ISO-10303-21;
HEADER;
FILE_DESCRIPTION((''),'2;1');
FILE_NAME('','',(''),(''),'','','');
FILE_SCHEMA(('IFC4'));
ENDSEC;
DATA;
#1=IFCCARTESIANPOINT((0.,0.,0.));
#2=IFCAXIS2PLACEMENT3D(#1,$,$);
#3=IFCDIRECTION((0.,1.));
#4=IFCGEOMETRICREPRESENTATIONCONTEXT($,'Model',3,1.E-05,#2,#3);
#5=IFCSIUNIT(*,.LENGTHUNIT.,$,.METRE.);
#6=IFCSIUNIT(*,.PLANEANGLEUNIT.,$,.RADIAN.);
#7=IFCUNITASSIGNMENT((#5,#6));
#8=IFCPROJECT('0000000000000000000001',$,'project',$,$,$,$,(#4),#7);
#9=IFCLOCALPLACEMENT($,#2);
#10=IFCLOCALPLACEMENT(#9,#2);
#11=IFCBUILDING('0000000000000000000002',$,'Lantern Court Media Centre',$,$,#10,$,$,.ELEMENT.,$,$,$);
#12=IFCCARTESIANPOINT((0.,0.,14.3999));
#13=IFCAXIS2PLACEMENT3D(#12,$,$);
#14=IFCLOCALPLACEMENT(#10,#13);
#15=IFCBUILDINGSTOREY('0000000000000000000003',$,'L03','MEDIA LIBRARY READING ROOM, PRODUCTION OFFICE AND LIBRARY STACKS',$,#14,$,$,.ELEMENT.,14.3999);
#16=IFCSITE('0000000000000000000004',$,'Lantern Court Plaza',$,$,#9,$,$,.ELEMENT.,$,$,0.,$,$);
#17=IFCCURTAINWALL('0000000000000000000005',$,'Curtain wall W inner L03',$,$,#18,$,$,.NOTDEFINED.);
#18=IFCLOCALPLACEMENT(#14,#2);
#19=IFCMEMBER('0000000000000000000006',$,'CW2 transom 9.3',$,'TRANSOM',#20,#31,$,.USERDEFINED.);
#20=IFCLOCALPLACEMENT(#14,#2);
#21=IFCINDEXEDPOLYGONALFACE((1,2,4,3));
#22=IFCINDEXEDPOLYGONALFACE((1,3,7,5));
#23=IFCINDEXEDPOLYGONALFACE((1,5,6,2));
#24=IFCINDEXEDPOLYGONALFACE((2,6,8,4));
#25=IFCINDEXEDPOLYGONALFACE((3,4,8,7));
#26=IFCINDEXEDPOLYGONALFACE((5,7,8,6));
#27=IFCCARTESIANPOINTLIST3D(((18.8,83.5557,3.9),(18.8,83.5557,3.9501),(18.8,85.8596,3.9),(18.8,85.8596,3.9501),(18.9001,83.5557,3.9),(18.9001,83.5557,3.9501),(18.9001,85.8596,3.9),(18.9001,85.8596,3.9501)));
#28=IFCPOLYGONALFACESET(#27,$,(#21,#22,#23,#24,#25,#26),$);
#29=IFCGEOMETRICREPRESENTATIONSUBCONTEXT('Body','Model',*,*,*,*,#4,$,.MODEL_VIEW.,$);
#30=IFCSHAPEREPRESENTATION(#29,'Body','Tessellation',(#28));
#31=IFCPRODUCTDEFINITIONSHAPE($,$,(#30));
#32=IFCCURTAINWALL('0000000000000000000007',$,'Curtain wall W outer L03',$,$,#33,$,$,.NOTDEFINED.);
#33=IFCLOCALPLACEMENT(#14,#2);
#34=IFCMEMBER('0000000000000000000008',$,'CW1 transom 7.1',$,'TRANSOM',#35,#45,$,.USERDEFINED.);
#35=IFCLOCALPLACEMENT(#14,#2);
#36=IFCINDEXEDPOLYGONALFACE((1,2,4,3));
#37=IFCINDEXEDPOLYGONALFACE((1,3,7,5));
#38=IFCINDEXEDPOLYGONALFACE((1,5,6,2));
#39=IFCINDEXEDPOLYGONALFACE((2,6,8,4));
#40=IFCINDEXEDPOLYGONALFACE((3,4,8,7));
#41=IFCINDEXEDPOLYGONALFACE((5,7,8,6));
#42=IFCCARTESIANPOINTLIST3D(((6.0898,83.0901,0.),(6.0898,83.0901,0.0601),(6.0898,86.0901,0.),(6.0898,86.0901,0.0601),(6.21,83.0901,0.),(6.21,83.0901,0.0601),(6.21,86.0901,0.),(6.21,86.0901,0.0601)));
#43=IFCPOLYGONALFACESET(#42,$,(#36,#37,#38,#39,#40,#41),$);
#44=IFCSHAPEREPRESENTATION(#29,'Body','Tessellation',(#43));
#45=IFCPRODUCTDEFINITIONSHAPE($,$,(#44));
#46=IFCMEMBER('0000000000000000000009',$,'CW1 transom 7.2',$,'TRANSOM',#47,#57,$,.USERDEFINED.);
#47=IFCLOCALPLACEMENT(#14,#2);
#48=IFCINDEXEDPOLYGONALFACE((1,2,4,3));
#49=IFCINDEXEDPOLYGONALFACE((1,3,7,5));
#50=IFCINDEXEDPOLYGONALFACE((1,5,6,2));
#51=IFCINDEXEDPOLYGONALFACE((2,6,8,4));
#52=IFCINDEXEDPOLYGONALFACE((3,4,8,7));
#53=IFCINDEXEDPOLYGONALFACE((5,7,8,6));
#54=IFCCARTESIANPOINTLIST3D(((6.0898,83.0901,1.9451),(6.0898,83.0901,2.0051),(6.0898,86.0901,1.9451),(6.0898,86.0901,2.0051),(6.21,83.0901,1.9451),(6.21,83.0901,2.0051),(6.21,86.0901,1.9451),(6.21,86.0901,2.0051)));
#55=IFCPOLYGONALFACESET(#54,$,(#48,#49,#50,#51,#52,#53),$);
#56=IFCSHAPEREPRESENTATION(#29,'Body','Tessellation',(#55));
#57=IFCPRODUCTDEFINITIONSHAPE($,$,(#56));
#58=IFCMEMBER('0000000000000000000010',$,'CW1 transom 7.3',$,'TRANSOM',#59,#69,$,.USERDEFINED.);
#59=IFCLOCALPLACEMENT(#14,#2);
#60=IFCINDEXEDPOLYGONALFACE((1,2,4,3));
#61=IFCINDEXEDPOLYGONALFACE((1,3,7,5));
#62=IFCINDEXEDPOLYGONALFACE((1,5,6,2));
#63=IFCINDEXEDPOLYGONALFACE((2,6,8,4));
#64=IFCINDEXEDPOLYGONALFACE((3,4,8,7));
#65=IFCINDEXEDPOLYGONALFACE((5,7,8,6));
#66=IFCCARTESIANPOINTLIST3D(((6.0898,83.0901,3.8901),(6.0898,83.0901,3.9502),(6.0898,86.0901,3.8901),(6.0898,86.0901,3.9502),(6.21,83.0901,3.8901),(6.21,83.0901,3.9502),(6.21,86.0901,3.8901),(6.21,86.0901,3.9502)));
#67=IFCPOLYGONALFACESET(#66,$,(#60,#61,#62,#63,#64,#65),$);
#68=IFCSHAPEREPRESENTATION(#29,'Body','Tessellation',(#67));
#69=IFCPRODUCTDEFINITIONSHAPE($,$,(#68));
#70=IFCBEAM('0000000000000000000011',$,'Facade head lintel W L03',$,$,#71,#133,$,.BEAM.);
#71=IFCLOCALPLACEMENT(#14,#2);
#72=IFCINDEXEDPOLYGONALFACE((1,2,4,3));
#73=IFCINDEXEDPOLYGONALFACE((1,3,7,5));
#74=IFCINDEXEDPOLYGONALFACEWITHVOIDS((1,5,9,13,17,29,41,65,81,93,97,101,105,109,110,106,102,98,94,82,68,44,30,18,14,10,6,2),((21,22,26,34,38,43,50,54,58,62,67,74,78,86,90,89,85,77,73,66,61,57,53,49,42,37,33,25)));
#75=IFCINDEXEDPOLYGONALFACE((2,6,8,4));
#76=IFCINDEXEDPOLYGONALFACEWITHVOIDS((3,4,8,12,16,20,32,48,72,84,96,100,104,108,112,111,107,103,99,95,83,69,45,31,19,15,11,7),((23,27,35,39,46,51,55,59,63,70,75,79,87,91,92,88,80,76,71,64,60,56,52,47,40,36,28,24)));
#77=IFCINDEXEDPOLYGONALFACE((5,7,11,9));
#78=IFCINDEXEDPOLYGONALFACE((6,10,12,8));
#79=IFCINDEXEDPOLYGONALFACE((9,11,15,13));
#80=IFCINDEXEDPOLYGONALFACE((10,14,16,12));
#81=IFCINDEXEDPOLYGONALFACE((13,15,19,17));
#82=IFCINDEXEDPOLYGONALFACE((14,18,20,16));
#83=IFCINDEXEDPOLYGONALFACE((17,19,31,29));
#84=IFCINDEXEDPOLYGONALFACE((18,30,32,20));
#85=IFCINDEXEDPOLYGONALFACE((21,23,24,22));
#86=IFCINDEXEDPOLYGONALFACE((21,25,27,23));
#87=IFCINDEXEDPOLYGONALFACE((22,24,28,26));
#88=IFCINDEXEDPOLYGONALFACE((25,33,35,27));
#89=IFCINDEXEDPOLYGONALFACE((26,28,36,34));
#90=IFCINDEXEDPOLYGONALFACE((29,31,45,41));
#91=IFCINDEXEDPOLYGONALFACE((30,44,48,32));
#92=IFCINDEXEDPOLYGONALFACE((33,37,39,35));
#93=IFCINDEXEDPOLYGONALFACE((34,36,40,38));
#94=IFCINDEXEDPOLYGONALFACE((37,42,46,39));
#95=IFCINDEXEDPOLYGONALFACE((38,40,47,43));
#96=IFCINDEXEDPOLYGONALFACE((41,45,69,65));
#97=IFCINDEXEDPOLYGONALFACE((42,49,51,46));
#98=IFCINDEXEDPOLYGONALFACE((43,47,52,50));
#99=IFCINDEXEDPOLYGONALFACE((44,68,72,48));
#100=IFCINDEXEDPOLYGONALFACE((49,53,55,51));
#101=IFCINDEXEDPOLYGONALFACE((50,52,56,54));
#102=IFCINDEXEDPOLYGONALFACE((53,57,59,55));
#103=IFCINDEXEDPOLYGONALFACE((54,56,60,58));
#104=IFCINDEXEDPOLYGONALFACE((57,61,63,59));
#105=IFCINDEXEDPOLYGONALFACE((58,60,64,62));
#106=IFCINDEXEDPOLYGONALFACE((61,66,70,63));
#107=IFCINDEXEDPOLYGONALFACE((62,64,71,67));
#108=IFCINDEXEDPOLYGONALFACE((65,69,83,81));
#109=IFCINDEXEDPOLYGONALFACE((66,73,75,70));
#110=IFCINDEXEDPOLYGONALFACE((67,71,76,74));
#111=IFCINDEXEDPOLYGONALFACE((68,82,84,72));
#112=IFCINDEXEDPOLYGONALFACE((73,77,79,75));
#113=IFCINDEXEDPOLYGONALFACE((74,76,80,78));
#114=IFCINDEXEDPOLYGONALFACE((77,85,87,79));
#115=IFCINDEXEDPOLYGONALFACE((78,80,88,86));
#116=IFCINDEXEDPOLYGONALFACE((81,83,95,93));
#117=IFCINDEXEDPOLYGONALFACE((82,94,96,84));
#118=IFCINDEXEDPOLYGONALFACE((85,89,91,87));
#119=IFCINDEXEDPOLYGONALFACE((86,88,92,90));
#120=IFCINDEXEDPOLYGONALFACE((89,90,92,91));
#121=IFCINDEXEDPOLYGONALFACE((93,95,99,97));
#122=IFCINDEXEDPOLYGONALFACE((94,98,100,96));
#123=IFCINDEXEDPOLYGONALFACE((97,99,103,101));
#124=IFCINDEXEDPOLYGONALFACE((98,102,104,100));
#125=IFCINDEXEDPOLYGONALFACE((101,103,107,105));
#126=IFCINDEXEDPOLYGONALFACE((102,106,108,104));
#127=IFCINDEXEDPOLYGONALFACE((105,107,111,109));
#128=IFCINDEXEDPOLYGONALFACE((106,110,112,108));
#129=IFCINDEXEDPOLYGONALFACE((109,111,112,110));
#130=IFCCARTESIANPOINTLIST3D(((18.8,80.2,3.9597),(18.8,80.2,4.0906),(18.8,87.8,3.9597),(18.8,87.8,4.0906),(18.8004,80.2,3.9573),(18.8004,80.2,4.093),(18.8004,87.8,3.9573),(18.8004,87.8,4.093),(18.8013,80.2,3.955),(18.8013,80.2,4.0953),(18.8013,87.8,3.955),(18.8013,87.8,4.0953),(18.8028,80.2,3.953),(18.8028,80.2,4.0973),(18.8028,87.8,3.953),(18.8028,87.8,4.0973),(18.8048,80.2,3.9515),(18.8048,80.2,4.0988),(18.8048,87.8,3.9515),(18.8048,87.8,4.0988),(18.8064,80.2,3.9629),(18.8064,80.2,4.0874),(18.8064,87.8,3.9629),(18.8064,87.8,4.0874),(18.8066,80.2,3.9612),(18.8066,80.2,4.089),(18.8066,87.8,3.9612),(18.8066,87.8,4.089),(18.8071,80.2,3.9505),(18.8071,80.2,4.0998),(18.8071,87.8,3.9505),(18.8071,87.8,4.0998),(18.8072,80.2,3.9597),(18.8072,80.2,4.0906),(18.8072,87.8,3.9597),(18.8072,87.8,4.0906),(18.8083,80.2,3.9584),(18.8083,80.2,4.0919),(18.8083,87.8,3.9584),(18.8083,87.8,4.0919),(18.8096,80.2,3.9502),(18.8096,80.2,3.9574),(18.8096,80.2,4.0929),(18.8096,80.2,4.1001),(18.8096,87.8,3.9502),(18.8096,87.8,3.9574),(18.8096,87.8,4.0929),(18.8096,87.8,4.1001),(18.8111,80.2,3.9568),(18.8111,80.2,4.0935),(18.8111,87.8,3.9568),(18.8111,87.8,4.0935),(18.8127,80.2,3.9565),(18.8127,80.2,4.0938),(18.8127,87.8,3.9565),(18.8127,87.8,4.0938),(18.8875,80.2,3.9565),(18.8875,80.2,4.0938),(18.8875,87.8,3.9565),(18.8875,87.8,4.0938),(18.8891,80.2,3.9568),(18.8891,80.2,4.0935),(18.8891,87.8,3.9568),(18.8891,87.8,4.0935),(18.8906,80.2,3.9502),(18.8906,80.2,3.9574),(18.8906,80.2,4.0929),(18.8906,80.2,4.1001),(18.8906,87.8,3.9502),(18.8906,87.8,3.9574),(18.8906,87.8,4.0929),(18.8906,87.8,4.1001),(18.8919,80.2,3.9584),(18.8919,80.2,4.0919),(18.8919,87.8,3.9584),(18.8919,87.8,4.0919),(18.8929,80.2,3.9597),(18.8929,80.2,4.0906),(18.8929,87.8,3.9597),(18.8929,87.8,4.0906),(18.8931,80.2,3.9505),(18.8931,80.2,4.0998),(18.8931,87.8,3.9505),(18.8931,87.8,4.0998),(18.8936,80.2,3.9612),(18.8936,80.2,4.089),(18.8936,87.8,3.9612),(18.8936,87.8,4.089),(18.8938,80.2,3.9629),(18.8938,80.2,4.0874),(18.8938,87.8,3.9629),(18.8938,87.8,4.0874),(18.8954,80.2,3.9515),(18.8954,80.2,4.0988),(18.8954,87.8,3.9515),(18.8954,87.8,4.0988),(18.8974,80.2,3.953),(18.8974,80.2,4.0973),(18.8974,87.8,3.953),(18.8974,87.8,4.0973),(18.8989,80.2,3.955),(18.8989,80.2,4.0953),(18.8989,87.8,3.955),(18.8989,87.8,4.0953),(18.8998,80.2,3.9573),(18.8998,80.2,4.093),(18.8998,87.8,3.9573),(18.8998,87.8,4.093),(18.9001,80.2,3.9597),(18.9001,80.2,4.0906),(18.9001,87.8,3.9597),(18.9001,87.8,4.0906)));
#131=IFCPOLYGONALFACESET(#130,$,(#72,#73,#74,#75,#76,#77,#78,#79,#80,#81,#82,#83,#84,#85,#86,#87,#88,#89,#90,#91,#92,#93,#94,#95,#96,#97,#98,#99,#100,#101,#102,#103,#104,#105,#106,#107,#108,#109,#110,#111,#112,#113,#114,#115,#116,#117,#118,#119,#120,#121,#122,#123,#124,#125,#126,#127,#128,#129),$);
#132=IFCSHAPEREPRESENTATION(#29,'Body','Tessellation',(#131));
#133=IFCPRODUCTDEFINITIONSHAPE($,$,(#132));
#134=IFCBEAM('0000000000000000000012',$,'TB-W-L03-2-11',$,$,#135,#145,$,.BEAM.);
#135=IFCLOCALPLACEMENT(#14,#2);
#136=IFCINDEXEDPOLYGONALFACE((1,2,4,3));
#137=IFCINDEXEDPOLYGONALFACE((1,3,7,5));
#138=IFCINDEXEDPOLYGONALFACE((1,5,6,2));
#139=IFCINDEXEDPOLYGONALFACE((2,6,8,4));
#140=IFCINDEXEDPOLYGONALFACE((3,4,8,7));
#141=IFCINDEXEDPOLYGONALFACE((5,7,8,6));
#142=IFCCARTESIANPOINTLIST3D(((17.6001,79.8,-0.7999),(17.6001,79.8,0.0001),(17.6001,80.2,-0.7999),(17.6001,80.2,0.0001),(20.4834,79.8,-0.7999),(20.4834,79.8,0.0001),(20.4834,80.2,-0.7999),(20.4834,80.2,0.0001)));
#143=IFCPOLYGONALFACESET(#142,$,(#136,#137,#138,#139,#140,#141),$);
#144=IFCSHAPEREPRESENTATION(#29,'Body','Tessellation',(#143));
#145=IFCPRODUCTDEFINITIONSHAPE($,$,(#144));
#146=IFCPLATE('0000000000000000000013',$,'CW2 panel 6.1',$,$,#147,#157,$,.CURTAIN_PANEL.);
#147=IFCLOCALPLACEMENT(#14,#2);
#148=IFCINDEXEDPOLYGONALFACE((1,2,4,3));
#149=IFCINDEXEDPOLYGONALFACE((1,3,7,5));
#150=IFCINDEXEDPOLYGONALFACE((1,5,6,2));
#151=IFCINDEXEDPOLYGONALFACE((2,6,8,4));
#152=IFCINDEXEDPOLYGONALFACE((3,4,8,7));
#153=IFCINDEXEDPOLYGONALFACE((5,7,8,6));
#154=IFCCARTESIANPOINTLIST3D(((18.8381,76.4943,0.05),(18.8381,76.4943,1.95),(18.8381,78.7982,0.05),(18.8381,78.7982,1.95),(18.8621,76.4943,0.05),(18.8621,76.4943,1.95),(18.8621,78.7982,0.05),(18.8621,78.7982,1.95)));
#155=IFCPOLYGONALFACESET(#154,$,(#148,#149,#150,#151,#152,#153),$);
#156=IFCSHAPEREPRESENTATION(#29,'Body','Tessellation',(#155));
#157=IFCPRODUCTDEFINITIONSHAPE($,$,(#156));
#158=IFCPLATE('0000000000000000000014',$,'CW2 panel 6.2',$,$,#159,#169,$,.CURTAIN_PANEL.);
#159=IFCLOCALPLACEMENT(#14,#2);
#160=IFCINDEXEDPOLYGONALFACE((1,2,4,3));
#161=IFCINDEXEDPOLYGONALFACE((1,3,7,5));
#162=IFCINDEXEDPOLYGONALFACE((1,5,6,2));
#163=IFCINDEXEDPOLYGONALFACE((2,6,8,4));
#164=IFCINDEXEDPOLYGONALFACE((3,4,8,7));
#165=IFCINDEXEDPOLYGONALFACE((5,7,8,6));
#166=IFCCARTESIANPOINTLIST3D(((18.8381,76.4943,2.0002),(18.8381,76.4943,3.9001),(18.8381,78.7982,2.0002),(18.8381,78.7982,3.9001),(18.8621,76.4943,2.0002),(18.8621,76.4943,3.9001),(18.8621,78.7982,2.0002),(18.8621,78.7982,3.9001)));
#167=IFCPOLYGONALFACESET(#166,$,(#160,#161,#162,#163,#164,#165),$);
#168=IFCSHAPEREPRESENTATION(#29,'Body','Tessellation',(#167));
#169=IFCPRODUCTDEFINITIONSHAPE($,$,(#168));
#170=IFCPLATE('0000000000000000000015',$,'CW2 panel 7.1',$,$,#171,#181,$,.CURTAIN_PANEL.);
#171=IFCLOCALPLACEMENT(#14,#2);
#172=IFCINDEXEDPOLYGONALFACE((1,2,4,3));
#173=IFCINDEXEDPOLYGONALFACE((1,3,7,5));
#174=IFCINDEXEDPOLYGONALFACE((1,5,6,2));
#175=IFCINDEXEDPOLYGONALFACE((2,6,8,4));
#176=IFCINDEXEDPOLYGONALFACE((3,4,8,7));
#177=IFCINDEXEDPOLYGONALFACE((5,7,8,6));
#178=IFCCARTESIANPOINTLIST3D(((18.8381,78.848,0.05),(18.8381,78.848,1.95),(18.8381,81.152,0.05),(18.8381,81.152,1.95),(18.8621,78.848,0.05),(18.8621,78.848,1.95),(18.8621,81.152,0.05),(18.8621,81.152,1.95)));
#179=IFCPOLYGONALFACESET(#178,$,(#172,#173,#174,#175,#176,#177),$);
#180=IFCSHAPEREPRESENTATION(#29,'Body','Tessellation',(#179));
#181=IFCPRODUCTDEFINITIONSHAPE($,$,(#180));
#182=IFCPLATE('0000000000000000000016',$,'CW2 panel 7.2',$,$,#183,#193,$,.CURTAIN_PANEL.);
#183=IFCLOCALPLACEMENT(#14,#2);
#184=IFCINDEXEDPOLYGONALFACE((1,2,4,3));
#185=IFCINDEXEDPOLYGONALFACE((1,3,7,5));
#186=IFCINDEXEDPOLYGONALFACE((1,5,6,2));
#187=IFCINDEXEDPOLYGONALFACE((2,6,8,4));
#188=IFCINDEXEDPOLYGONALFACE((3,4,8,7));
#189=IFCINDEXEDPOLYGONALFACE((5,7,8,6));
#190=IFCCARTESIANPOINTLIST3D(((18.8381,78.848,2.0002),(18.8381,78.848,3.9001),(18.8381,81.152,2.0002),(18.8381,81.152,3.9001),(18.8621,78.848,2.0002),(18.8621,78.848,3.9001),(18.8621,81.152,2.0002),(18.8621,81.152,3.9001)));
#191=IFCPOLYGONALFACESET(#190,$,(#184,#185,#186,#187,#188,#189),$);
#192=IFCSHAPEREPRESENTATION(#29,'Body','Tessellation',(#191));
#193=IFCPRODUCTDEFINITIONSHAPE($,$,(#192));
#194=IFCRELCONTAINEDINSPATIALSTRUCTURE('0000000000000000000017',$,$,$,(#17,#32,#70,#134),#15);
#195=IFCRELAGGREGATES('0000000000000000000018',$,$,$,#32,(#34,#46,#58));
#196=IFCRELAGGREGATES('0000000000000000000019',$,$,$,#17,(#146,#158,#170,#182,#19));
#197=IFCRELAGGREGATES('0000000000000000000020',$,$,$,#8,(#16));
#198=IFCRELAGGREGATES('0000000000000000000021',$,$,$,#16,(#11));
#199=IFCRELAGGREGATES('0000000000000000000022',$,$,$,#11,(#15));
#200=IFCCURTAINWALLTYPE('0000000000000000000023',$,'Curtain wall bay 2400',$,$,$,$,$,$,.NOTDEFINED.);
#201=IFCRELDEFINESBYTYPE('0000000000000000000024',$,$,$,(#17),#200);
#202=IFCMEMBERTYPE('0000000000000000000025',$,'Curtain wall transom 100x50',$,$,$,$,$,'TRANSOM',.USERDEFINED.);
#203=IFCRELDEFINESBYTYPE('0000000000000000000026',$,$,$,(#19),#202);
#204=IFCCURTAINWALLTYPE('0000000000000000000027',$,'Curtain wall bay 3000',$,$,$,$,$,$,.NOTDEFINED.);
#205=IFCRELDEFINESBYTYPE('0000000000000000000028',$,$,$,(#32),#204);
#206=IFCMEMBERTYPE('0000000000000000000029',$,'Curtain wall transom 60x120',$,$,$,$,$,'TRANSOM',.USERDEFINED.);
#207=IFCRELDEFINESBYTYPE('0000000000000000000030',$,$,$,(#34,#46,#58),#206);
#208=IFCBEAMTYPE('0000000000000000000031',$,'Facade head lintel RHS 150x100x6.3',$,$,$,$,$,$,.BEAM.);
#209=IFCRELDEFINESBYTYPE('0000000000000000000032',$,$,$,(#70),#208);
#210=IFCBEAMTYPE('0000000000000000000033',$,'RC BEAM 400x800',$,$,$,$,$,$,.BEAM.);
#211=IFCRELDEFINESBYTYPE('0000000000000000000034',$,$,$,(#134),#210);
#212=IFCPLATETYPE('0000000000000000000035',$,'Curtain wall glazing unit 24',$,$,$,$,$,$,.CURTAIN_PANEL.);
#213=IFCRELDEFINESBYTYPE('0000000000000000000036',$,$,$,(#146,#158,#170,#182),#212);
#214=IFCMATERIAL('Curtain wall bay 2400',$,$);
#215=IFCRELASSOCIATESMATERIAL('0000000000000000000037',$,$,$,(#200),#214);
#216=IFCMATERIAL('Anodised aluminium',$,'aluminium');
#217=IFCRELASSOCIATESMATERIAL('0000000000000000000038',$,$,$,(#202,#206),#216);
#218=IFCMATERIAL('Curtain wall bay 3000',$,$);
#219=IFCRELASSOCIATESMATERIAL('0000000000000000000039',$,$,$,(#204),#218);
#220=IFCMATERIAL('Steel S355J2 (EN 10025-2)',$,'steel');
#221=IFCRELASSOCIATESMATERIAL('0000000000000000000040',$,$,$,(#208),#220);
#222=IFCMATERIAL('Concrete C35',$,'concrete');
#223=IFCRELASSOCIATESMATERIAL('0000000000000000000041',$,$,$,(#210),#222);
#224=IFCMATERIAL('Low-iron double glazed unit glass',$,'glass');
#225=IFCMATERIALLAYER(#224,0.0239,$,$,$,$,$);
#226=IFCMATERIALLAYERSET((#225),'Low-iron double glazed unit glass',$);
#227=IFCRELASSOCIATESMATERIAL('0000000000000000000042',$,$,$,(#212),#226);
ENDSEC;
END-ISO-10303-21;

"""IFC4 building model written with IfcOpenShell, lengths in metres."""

from ifc_helpers import new_model, si_unit, direction, frame, origin, origin_2d, place, context, subcontext, project, spatial, rectangle, hollow_rectangle, extrude, material, layer, layer_set, material_profile, profile_set, type_object, element, aggregate, save


model = new_model("IFC4")

# Units and contexts
model_context = context("Model", 3, precision=1e-05, world=origin(), true_north=direction((0.0, 1.0)))
body_context = subcontext(model_context, "Body", "Model", "MODEL_VIEW")
ifc_project = project(units=[si_unit("LENGTHUNIT", "METRE"), si_unit("PLANEANGLEUNIT", "RADIAN")], contexts=[model_context])

# Site, building, storey
site_placement = place(None, origin())
site = spatial("IfcSite", under=ifc_project, at=site_placement, Name="Lantern Court Plaza", CompositionType="ELEMENT", RefElevation=0.0)
building_placement = place(site_placement, origin())
building = spatial("IfcBuilding", under=site, at=building_placement, Name="Lantern Court Media Centre", CompositionType="ELEMENT")
storey_placement = place(building_placement, frame((0.0, 0.0, 14.3999)))
storey = spatial("IfcBuildingStorey", under=building, at=storey_placement, Name="L03", Description="MEDIA LIBRARY READING ROOM, PRODUCTION OFFICE AND LIBRARY STACKS", CompositionType="ELEMENT", Elevation=14.3999)

# Curtain walls, members
ifc_material_1 = material(Name="Curtain wall bay 2400")
curtain_wall_type_1 = type_object("IfcCurtainWallType", Name="Curtain wall bay 2400", PredefinedType="NOTDEFINED", material=ifc_material_1)
curtain_wall_1_placement = place(storey_placement, origin())
curtain_wall_1 = element("IfcCurtainWall", 1, at=curtain_wall_1_placement, inside=storey, type_object=curtain_wall_type_1, Name="Curtain wall W inner L03", PredefinedType="NOTDEFINED")
ifc_material_2 = material(Name="Anodised aluminium", Category="aluminium")
ifc_material_profile_1 = material_profile(ifc_material_2, rectangle(XDim=0.1001, YDim=0.05, at=origin_2d()), Name="AL 50x100")
ifc_profile_set_1 = profile_set([ifc_material_profile_1], Name="Anodised aluminium")
member_type_1 = type_object("IfcMemberType", Name="Curtain wall transom 100x50", ElementType="TRANSOM", PredefinedType="USERDEFINED", material=ifc_profile_set_1)
member_1_placement = place(storey_placement, frame((18.8501, 83.5557, 3.925), z_axis=(0.0, 1.0, 0.0), x_axis=(-1.0, 0.0, 0.0)))
member_1 = element("IfcMember", 2, at=member_1_placement, type_object=member_type_1, Name="CW2 transom 9.3", ObjectType="TRANSOM", PredefinedType="USERDEFINED", context=body_context, shape_type="SweptSolid", body=[
    extrude(rectangle(XDim=0.1001, YDim=0.05, at=origin_2d()), origin(), (0.0, 0.0, 1.0), 2.304),
])
ifc_material_3 = material(Name="Curtain wall bay 3000")
curtain_wall_type_2 = type_object("IfcCurtainWallType", Name="Curtain wall bay 3000", PredefinedType="NOTDEFINED", material=ifc_material_3)
curtain_wall_2_placement = place(storey_placement, origin())
curtain_wall_2 = element("IfcCurtainWall", 3, at=curtain_wall_2_placement, inside=storey, type_object=curtain_wall_type_2, Name="Curtain wall W outer L03", PredefinedType="NOTDEFINED")
ifc_material_profile_2 = material_profile(ifc_material_2, rectangle(XDim=0.1201, YDim=0.0601, at=origin_2d()), Name="AL 60x120")
ifc_profile_set_2 = profile_set([ifc_material_profile_2], Name="Anodised aluminium")
member_type_2 = type_object("IfcMemberType", Name="Curtain wall transom 60x120", ElementType="TRANSOM", PredefinedType="USERDEFINED", material=ifc_profile_set_2)
member_2_placement = place(storey_placement, frame((6.1499, 83.0901, 0.03), z_axis=(0.0, 1.0, 0.0), x_axis=(-1.0, 0.0, 0.0)))
member_2 = element("IfcMember", 4, at=member_2_placement, type_object=member_type_2, Name="CW1 transom 7.1", ObjectType="TRANSOM", PredefinedType="USERDEFINED", context=body_context, shape_type="SweptSolid", body=[
    extrude(rectangle(XDim=0.1201, YDim=0.0601, at=origin_2d()), origin(), (0.0, 0.0, 1.0), 3.0),
])
member_3_placement = place(storey_placement, frame((6.1499, 83.0901, 1.9751), z_axis=(0.0, 1.0, 0.0), x_axis=(-1.0, 0.0, 0.0)))
member_3 = element("IfcMember", 5, at=member_3_placement, type_object=member_type_2, Name="CW1 transom 7.2", ObjectType="TRANSOM", PredefinedType="USERDEFINED", context=body_context, shape_type="SweptSolid", body=[
    extrude(rectangle(XDim=0.1201, YDim=0.0601, at=origin_2d()), origin(), (0.0, 0.0, 1.0), 3.0),
])
member_4_placement = place(storey_placement, frame((6.1499, 83.0901, 3.9202), z_axis=(0.0, 1.0, 0.0), x_axis=(-1.0, 0.0, 0.0)))
member_4 = element("IfcMember", 6, at=member_4_placement, type_object=member_type_2, Name="CW1 transom 7.3", ObjectType="TRANSOM", PredefinedType="USERDEFINED", context=body_context, shape_type="SweptSolid", body=[
    extrude(rectangle(XDim=0.1201, YDim=0.0601, at=origin_2d()), origin(), (0.0, 0.0, 1.0), 3.0),
])
aggregate(curtain_wall_2, [member_2, member_3, member_4])

# Beams
ifc_material_4 = material(Name="Steel S355J2 (EN 10025-2)", Category="steel")
ifc_material_profile_3 = material_profile(ifc_material_4, hollow_rectangle(XDim=0.1001, YDim=0.1499, WallThickness=0.0063, InnerFilletRadius=0.0063, OuterFilletRadius=0.0095, at=origin_2d()), Name="Facade head lintel RHS 150x100x6.3")
ifc_profile_set_3 = profile_set([ifc_material_profile_3], Name="Steel S355J2 (EN 10025-2)")
beam_type_1 = type_object("IfcBeamType", Name="Facade head lintel RHS 150x100x6.3", PredefinedType="BEAM", material=ifc_profile_set_3)
beam_1_placement = place(storey_placement, frame((18.8501, 80.2, 4.0251), z_axis=(0.0, 1.0, 0.0), x_axis=(-1.0, 0.0, 0.0)))
element("IfcBeam", 7, at=beam_1_placement, inside=storey, type_object=beam_type_1, Name="Facade head lintel W L03", PredefinedType="BEAM", context=body_context, shape_type="SweptSolid", body=[
    extrude(hollow_rectangle(XDim=0.1001, YDim=0.1499, WallThickness=0.0063, InnerFilletRadius=0.0063, OuterFilletRadius=0.0095, at=origin_2d()), origin(), (0.0, 0.0, 1.0), 7.6001),
])
ifc_material_5 = material(Name="Concrete C35", Category="concrete")
ifc_material_profile_4 = material_profile(ifc_material_5, rectangle(XDim=0.3999, YDim=0.8, at=origin_2d()), Name="RC 400x800")
ifc_profile_set_4 = profile_set([ifc_material_profile_4], Name="Concrete C35")
beam_type_2 = type_object("IfcBeamType", Name="RC BEAM 400x800", PredefinedType="BEAM", material=ifc_profile_set_4)
beam_2_placement = place(storey_placement, frame((17.6001, 80.0, -0.3999), z_axis=(1.0, 0.0, 0.0), x_axis=(0.0, 1.0, 0.0)))
element("IfcBeam", 8, at=beam_2_placement, inside=storey, type_object=beam_type_2, Name="TB-W-L03-2-11", PredefinedType="BEAM", context=body_context, shape_type="SweptSolid", body=[
    extrude(rectangle(XDim=0.3999, YDim=0.8, at=origin_2d()), origin(), (0.0, 0.0, 1.0), 2.8833),
])

# Plates
ifc_material_6 = material(Name="Low-iron double glazed unit glass", Category="glass")
ifc_layer_1 = layer(ifc_material_6, 0.0239)
ifc_layer_set_1 = layer_set([ifc_layer_1], Name="Low-iron double glazed unit glass")
plate_type = type_object("IfcPlateType", Name="Curtain wall glazing unit 24", PredefinedType="CURTAIN_PANEL", material=ifc_layer_set_1)
plate_1_placement = place(storey_placement, frame((18.8501, 77.6462, 0.05), z_axis=(0.0, 0.0, 1.0), x_axis=(0.0, 1.0, 0.0)))
plate_1 = element("IfcPlate", 9, at=plate_1_placement, type_object=plate_type, Name="CW2 panel 6.1", PredefinedType="CURTAIN_PANEL", context=body_context, shape_type="SweptSolid", body=[
    extrude(rectangle(XDim=2.304, YDim=0.0239, at=origin_2d()), origin(), (0.0, 0.0, 1.0), 1.8999),
])
plate_2_placement = place(storey_placement, frame((18.8501, 77.6462, 2.0002), z_axis=(0.0, 0.0, 1.0), x_axis=(0.0, 1.0, 0.0)))
plate_2 = element("IfcPlate", 10, at=plate_2_placement, type_object=plate_type, Name="CW2 panel 6.2", PredefinedType="CURTAIN_PANEL", context=body_context, shape_type="SweptSolid", body=[
    extrude(rectangle(XDim=2.304, YDim=0.0239, at=origin_2d()), origin(), (0.0, 0.0, 1.0), 1.8999),
])
plate_3_placement = place(storey_placement, frame((18.8501, 80.0, 0.05), z_axis=(0.0, 0.0, 1.0), x_axis=(0.0, 1.0, 0.0)))
plate_3 = element("IfcPlate", 11, at=plate_3_placement, type_object=plate_type, Name="CW2 panel 7.1", PredefinedType="CURTAIN_PANEL", context=body_context, shape_type="SweptSolid", body=[
    extrude(rectangle(XDim=2.304, YDim=0.0239, at=origin_2d()), origin(), (0.0, 0.0, 1.0), 1.8999),
])
plate_4_placement = place(storey_placement, frame((18.8501, 80.0, 2.0002), z_axis=(0.0, 0.0, 1.0), x_axis=(0.0, 1.0, 0.0)))
plate_4 = element("IfcPlate", 12, at=plate_4_placement, type_object=plate_type, Name="CW2 panel 7.2", PredefinedType="CURTAIN_PANEL", context=body_context, shape_type="SweptSolid", body=[
    extrude(rectangle(XDim=2.304, YDim=0.0239, at=origin_2d()), origin(), (0.0, 0.0, 1.0), 1.8999),
])
aggregate(curtain_wall_1, [plate_1, plate_2, plate_3, plate_4, member_1])

save(model, "model.ifc")
